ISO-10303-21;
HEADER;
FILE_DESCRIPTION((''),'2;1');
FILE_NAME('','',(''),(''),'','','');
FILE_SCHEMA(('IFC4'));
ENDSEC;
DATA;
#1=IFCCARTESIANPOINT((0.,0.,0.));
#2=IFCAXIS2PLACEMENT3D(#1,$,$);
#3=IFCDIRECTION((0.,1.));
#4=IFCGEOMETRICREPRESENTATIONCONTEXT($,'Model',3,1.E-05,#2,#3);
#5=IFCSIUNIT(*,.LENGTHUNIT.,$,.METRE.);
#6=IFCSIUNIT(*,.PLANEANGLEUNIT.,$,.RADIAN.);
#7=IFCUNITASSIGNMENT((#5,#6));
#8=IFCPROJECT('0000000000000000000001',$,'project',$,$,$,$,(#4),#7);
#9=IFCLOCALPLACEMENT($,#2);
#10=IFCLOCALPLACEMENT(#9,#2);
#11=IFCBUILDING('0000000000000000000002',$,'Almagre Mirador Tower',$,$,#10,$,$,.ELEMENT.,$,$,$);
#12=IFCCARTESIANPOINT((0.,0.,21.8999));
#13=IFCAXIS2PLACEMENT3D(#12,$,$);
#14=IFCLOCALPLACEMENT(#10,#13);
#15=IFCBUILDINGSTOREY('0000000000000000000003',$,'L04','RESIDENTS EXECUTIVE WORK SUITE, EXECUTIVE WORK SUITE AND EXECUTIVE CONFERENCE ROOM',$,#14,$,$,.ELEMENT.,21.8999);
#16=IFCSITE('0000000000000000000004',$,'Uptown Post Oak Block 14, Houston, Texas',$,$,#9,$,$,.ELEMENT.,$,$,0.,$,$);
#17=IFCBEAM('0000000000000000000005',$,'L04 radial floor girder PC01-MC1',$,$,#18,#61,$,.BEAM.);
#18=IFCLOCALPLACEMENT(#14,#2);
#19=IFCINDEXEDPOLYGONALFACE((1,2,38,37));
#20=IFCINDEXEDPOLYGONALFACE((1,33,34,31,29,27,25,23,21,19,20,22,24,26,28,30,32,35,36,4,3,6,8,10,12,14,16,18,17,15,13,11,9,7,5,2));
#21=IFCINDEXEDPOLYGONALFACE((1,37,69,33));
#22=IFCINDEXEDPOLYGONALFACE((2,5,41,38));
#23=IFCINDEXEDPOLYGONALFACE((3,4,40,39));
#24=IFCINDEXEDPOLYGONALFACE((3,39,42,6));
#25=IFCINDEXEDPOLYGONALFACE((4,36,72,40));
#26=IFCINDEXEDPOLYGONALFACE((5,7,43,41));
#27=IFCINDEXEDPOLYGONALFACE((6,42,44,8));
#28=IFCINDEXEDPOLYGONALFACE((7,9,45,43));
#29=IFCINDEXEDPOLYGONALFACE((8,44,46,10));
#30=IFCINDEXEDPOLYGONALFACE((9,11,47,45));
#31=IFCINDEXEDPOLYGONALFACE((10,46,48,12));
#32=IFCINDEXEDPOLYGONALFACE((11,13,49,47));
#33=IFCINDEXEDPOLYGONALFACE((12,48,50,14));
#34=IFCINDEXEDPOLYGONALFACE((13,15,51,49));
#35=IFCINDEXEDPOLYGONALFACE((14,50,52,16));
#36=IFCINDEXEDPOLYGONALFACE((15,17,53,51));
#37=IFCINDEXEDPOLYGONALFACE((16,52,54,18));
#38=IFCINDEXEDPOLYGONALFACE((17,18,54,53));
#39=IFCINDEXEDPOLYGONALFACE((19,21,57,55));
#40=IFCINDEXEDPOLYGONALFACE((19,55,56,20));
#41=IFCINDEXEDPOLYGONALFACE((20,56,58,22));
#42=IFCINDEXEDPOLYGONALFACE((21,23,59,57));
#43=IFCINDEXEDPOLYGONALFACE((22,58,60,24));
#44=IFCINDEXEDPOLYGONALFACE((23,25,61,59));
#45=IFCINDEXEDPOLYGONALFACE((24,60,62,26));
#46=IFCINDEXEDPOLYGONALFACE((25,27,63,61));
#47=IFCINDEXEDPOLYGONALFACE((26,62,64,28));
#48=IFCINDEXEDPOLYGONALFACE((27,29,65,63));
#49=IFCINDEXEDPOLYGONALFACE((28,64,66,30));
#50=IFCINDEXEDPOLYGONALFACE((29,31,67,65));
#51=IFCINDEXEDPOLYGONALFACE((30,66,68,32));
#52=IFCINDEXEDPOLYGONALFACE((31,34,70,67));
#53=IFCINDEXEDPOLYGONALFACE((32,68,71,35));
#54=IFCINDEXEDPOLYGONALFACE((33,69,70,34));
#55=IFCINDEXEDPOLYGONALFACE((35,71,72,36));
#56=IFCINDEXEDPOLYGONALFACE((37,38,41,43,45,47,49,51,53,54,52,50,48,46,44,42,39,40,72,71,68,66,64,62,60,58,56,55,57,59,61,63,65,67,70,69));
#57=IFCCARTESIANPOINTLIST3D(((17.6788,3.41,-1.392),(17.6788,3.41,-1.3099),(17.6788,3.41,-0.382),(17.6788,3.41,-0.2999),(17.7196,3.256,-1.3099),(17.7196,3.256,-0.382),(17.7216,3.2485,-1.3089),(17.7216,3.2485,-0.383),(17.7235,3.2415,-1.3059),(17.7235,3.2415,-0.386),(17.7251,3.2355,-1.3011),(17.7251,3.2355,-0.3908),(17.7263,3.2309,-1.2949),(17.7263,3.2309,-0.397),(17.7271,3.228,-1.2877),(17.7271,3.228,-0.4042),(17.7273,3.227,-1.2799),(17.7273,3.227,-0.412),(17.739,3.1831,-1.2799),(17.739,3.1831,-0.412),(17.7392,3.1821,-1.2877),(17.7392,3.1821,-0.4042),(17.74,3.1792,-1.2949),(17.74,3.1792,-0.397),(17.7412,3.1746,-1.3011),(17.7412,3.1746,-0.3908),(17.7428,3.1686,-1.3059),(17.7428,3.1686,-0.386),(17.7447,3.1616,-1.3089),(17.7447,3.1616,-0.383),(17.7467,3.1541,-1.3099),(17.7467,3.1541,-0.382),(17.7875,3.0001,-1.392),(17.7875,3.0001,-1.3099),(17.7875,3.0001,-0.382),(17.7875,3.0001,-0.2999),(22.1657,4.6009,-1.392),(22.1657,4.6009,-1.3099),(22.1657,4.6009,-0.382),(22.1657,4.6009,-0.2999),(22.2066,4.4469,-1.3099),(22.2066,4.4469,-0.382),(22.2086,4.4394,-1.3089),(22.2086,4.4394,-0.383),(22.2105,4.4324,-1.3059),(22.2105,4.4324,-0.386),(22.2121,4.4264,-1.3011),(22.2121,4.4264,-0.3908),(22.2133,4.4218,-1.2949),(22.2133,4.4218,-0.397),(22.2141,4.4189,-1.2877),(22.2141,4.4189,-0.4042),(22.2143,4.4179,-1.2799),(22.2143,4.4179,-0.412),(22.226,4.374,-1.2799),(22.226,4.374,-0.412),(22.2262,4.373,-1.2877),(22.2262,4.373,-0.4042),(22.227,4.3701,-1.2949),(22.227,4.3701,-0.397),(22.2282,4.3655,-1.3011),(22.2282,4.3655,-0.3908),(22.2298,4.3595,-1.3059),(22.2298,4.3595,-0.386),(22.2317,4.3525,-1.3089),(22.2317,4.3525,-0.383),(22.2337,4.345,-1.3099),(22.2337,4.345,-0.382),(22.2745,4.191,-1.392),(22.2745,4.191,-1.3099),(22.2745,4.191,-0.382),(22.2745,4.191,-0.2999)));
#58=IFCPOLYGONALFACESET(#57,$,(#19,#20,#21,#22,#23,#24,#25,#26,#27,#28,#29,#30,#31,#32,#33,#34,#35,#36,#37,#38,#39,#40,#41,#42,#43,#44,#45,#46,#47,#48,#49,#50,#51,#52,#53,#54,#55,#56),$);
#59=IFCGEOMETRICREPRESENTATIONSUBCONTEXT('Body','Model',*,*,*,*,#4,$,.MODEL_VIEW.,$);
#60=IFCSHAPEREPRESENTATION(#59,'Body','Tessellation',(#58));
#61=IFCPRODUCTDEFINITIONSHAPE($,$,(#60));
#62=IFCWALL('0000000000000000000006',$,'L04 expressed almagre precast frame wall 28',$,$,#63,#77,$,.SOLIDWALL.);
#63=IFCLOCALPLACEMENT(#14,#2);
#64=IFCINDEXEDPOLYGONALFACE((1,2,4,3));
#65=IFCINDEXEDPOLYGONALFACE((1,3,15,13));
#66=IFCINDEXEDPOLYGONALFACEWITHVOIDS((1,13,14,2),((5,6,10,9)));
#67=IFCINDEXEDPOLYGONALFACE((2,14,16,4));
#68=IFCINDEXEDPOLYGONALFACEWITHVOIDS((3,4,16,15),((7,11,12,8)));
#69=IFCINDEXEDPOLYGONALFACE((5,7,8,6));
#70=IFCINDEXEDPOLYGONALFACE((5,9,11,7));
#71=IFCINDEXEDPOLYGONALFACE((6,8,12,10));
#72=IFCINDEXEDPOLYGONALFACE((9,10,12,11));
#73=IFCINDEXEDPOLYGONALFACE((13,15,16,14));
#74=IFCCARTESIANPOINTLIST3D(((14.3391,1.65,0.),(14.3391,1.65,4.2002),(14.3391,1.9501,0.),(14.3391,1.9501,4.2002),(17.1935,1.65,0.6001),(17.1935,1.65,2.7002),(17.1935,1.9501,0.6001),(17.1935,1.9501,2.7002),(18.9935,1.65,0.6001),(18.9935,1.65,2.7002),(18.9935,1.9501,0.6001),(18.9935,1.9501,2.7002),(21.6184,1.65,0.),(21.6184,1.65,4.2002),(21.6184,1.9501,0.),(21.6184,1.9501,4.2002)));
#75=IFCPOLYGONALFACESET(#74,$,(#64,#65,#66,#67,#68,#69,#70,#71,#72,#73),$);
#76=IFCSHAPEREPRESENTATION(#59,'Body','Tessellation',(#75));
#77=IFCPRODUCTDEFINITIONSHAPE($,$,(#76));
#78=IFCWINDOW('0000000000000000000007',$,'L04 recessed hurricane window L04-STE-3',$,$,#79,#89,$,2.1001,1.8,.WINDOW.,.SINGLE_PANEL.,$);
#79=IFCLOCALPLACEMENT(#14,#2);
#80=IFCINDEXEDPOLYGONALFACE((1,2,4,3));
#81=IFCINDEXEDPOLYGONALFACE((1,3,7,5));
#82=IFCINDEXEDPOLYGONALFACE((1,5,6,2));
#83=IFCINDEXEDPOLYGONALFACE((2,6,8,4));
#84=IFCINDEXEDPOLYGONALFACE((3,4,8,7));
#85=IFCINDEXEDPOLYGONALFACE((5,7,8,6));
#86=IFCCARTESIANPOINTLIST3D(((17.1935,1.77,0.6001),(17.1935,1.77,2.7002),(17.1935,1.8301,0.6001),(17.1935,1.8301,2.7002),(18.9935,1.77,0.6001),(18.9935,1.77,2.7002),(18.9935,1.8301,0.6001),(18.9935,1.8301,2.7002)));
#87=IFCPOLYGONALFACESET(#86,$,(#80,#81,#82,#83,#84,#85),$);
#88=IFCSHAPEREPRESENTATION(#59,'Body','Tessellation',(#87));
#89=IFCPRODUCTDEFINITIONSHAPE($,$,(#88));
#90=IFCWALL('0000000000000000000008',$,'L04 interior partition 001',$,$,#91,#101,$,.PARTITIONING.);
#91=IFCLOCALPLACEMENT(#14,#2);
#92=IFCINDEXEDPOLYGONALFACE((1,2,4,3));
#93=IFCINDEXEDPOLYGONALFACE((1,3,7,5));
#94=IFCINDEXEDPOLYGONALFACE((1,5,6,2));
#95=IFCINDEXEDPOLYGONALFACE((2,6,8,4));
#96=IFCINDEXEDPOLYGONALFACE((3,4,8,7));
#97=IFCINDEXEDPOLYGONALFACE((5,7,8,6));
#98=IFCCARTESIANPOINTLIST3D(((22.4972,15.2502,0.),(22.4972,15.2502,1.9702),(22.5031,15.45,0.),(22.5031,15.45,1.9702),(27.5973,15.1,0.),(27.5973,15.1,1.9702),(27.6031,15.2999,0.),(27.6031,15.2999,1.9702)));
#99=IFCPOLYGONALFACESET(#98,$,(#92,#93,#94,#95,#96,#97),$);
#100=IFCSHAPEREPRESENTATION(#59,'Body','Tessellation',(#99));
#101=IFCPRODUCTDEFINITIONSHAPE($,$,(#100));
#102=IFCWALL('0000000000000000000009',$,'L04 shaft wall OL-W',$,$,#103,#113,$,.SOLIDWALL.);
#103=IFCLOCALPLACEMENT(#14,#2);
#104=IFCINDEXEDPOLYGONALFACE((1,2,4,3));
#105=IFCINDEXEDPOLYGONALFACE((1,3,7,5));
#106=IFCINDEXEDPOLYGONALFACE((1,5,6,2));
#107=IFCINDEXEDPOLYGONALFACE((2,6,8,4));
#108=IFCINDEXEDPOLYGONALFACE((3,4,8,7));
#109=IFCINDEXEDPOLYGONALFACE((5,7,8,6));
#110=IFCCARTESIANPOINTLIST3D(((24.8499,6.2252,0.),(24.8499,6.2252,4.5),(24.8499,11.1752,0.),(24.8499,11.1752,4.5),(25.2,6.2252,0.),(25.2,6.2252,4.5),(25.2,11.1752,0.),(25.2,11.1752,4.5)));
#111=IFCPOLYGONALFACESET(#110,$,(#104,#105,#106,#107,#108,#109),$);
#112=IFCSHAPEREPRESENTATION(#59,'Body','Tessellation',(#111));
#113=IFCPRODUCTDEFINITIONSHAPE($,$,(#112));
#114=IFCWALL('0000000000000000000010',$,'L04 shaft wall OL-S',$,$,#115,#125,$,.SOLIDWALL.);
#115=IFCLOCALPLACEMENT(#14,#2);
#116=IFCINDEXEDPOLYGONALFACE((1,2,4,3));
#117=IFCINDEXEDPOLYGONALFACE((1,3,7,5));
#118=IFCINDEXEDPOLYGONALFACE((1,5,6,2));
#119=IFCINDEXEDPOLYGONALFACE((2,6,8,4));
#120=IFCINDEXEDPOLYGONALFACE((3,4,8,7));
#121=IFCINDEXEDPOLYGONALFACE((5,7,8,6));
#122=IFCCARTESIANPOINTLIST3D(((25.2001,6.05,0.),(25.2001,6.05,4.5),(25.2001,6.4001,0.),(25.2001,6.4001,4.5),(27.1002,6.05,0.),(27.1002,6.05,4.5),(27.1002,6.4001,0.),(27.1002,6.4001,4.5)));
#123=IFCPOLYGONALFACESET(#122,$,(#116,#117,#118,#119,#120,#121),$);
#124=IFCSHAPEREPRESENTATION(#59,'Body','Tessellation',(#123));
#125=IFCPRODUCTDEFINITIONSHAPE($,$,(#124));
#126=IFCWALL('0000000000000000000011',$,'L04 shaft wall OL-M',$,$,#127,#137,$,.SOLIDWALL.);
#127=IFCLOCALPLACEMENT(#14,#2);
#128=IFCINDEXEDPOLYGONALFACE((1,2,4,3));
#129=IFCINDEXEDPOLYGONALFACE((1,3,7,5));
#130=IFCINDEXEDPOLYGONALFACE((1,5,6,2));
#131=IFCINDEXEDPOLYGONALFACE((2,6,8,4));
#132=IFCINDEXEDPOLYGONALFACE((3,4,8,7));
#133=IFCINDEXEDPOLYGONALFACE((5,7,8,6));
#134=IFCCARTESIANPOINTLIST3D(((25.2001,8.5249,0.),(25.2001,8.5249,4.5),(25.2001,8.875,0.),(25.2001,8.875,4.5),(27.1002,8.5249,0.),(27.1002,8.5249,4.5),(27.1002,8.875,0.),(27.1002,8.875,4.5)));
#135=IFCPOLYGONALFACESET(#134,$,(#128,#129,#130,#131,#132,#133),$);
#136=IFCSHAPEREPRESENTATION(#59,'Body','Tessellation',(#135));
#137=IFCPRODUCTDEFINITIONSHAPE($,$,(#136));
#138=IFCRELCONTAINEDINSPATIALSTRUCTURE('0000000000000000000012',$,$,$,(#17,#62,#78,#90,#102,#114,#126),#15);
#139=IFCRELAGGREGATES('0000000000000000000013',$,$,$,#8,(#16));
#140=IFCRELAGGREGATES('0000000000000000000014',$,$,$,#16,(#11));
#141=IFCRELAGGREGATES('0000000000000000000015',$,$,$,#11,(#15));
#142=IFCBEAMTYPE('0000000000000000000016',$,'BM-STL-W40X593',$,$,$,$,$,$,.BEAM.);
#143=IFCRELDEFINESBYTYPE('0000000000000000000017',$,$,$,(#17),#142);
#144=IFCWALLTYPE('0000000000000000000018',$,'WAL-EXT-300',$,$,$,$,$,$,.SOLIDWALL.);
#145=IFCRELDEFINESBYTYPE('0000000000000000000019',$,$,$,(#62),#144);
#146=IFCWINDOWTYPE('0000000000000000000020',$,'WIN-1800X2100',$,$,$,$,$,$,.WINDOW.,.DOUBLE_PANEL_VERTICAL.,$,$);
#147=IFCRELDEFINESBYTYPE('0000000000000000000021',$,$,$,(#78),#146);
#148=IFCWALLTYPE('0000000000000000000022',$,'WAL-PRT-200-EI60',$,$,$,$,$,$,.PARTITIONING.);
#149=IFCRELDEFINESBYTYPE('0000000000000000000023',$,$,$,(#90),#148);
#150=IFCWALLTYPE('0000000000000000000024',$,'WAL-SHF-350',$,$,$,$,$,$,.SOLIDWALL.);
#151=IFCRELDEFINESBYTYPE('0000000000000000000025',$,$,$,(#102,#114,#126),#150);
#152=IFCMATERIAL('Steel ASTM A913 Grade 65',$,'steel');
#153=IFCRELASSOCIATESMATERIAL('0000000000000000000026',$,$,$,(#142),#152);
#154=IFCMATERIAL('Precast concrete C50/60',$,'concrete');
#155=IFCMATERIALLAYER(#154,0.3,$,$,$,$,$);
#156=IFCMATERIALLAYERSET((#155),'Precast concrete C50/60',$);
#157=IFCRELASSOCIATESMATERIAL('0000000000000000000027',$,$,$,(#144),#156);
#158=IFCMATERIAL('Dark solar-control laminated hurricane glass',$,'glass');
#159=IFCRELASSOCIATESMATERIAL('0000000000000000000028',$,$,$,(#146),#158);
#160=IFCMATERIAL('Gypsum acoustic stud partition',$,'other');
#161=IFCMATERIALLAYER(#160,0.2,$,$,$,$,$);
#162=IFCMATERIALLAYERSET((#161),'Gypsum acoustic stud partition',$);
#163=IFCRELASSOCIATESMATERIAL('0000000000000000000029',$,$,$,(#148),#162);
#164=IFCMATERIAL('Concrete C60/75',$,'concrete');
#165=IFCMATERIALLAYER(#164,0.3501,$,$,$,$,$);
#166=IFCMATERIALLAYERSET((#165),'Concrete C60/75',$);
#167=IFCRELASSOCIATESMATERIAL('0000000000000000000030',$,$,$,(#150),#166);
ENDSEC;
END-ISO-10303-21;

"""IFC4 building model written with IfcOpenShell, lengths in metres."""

from ifc_helpers import new_model, si_unit, direction, frame, frame_2d, origin, origin_2d, place, context, subcontext, project, spatial, rectangle, i_section, extrude, material, layer, layer_set, material_profile, profile_set, type_object, element, fill, save


model = new_model("IFC4")

# Units and contexts
model_context = context("Model", 3, precision=1e-05, world=origin(), true_north=direction((0.0, 1.0)))
body_context = subcontext(model_context, "Body", "Model", "MODEL_VIEW")
ifc_project = project(units=[si_unit("LENGTHUNIT", "METRE"), si_unit("PLANEANGLEUNIT", "RADIAN")], contexts=[model_context])

# Site, building, storey
site_placement = place(None, origin())
site = spatial("IfcSite", under=ifc_project, at=site_placement, Name="Uptown Post Oak Block 14, Houston, Texas", CompositionType="ELEMENT", RefElevation=0.0)
building_placement = place(site_placement, origin())
building = spatial("IfcBuilding", under=site, at=building_placement, Name="Almagre Mirador Tower", CompositionType="ELEMENT")
storey_placement = place(building_placement, frame((0.0, 0.0, 21.8999)))
storey = spatial("IfcBuildingStorey", under=building, at=storey_placement, Name="L04", Description="RESIDENTS EXECUTIVE WORK SUITE, EXECUTIVE WORK SUITE AND EXECUTIVE CONFERENCE ROOM", CompositionType="ELEMENT", Elevation=21.8999)

# Beam
ifc_material_1 = material(Name="Steel ASTM A913 Grade 65", Category="steel")
ifc_material_profile_1 = material_profile(ifc_material_1, i_section(OverallWidth=0.4241, OverallDepth=1.092, WebThickness=0.0454, FlangeThickness=0.082, FilletRadius=0.03, at=origin_2d()), Name="W40X593")
ifc_profile_set_1 = profile_set([ifc_material_profile_1], Name="Steel ASTM A913 Grade 65")
beam_type_1 = type_object("IfcBeamType", Name="BM-STL-W40X593", PredefinedType="BEAM", material=ifc_profile_set_1)
beam_1_placement = place(storey_placement, frame((17.7332, 3.2051, -0.8459), z_axis=(0.966536, 0.25653, 0.0), x_axis=(-0.25653, 0.966536, 0.0)))
element("IfcBeam", 1, at=beam_1_placement, inside=storey, type_object=beam_type_1, Name="L04 radial floor girder PC01-MC1", PredefinedType="BEAM", context=body_context, shape_type="SweptSolid", body=[
    extrude(i_section(OverallWidth=0.4241, OverallDepth=1.092, WebThickness=0.0454, FlangeThickness=0.082, FilletRadius=0.03, at=origin_2d()), origin(), (0.0, 0.0, 1.0), 4.6423),
])

# Wall, opening, window
ifc_material_2 = material(Name="Precast concrete C50/60", Category="concrete")
ifc_layer_1 = layer(ifc_material_2, 0.3)
ifc_layer_set_1 = layer_set([ifc_layer_1], Name="Precast concrete C50/60")
wall_type_1 = type_object("IfcWallType", Name="WAL-EXT-300", PredefinedType="SOLIDWALL", material=ifc_layer_set_1)
wall_1_placement = place(storey_placement, frame((21.6184, 1.8, 0.0), z_axis=(0.0, 0.0, 1.0), x_axis=(-1.0, 0.0, 0.0)))
wall_1 = element("IfcWall", 2, at=wall_1_placement, inside=storey, type_object=wall_type_1, Name="L04 expressed almagre precast frame wall 28", PredefinedType="SOLIDWALL", context=body_context, shape_type="SweptSolid", body=[
    extrude(rectangle(XDim=7.2793, YDim=0.3, at=frame_2d((3.6396, 0.0))), origin(), (0.0, 0.0, 1.0), 4.2002),
])
opening_placement = place(wall_1_placement, frame((2.625, 0.0, 0.6001)))
opening = element("IfcOpeningElement", 3, at=opening_placement, cuts=wall_1, PredefinedType="OPENING", context=body_context, shape_type="SweptSolid", body=[
    extrude(rectangle(XDim=1.8, YDim=2.1001, at=frame_2d((0.8999, 1.05))), frame((0.0, 0.1599, 0.0), z_axis=(0.0, -1.0, 0.0), x_axis=(1.0, 0.0, 0.0)), (0.0, 0.0, 1.0), 0.32),
])
ifc_material_3 = material(Name="Dark solar-control laminated hurricane glass", Category="glass")
window_type = type_object("IfcWindowType", Name="WIN-1800X2100", PartitioningType="DOUBLE_PANEL_VERTICAL", PredefinedType="WINDOW", material=ifc_material_3)
window_placement = place(opening_placement, origin())
window = element("IfcWindow", 4, at=window_placement, inside=storey, type_object=window_type, Name="L04 recessed hurricane window L04-STE-3", OverallHeight=2.1001, OverallWidth=1.8, PartitioningType="SINGLE_PANEL", PredefinedType="WINDOW", context=body_context, shape_type="SweptSolid", body=[
    extrude(rectangle(XDim=1.8, YDim=2.1001, at=frame_2d((0.8999, 1.05))), frame((0.0, 0.03, 0.0), z_axis=(0.0, -1.0, 0.0), x_axis=(1.0, 0.0, 0.0)), (0.0, 0.0, 1.0), 0.0601),
])
fill(opening, window)

# Walls
ifc_material_4 = material(Name="Gypsum acoustic stud partition", Category="other")
ifc_layer_2 = layer(ifc_material_4, 0.2)
ifc_layer_set_2 = layer_set([ifc_layer_2], Name="Gypsum acoustic stud partition")
wall_type_2 = type_object("IfcWallType", Name="WAL-PRT-200-EI60", PredefinedType="PARTITIONING", material=ifc_layer_set_2)
wall_2_placement = place(storey_placement, frame((22.5, 15.3501, 0.0), z_axis=(0.0, 0.0, 1.0), x_axis=(0.999567, -0.029427, 0.0)))
element("IfcWall", 5, at=wall_2_placement, inside=storey, type_object=wall_type_2, Name="L04 interior partition 001", PredefinedType="PARTITIONING", context=body_context, shape_type="SweptSolid", body=[
    extrude(rectangle(XDim=5.1023, YDim=0.2, at=frame_2d((2.5513, 0.0))), origin(), (0.0, 0.0, 1.0), 1.9702),
])
ifc_material_5 = material(Name="Concrete C60/75", Category="concrete")
ifc_layer_3 = layer(ifc_material_5, 0.3501)
ifc_layer_set_3 = layer_set([ifc_layer_3], Name="Concrete C60/75")
wall_type_3 = type_object("IfcWallType", Name="WAL-SHF-350", PredefinedType="SOLIDWALL", material=ifc_layer_set_3)
wall_3_placement = place(storey_placement, frame((25.0249, 6.2251, 0.0), z_axis=(0.0, 0.0, 1.0), x_axis=(0.0, 1.0, 0.0)))
element("IfcWall", 6, at=wall_3_placement, inside=storey, type_object=wall_type_3, Name="L04 shaft wall OL-W", PredefinedType="SOLIDWALL", context=body_context, shape_type="SweptSolid", body=[
    extrude(rectangle(XDim=4.95, YDim=0.3501, at=frame_2d((2.4751, 0.0))), origin(), (0.0, 0.0, 1.0), 4.5),
])
for number, where, z_axis, x_axis, name in (
    (7, (25.2, 6.2251, 0.0), (0.0, 0.0, 1.0), (1.0, 0.0, 0.0), "L04 shaft wall OL-S"),
    (8, (25.2, 8.7, 0.0), (0.0, 0.0, 1.0), (1.0, 0.0, 0.0), "L04 shaft wall OL-M"),
):
    element("IfcWall", number, at=place(storey_placement, frame(where, z_axis=z_axis, x_axis=x_axis)), inside=storey, type_object=wall_type_3, Name=name, PredefinedType="SOLIDWALL", context=body_context, shape_type="SweptSolid", body=[
        extrude(rectangle(XDim=1.9001, YDim=0.3501, at=frame_2d((0.9502, 0.0))), origin(), (0.0, 0.0, 1.0), 4.5),
    ])

save(model, "model.ifc")
